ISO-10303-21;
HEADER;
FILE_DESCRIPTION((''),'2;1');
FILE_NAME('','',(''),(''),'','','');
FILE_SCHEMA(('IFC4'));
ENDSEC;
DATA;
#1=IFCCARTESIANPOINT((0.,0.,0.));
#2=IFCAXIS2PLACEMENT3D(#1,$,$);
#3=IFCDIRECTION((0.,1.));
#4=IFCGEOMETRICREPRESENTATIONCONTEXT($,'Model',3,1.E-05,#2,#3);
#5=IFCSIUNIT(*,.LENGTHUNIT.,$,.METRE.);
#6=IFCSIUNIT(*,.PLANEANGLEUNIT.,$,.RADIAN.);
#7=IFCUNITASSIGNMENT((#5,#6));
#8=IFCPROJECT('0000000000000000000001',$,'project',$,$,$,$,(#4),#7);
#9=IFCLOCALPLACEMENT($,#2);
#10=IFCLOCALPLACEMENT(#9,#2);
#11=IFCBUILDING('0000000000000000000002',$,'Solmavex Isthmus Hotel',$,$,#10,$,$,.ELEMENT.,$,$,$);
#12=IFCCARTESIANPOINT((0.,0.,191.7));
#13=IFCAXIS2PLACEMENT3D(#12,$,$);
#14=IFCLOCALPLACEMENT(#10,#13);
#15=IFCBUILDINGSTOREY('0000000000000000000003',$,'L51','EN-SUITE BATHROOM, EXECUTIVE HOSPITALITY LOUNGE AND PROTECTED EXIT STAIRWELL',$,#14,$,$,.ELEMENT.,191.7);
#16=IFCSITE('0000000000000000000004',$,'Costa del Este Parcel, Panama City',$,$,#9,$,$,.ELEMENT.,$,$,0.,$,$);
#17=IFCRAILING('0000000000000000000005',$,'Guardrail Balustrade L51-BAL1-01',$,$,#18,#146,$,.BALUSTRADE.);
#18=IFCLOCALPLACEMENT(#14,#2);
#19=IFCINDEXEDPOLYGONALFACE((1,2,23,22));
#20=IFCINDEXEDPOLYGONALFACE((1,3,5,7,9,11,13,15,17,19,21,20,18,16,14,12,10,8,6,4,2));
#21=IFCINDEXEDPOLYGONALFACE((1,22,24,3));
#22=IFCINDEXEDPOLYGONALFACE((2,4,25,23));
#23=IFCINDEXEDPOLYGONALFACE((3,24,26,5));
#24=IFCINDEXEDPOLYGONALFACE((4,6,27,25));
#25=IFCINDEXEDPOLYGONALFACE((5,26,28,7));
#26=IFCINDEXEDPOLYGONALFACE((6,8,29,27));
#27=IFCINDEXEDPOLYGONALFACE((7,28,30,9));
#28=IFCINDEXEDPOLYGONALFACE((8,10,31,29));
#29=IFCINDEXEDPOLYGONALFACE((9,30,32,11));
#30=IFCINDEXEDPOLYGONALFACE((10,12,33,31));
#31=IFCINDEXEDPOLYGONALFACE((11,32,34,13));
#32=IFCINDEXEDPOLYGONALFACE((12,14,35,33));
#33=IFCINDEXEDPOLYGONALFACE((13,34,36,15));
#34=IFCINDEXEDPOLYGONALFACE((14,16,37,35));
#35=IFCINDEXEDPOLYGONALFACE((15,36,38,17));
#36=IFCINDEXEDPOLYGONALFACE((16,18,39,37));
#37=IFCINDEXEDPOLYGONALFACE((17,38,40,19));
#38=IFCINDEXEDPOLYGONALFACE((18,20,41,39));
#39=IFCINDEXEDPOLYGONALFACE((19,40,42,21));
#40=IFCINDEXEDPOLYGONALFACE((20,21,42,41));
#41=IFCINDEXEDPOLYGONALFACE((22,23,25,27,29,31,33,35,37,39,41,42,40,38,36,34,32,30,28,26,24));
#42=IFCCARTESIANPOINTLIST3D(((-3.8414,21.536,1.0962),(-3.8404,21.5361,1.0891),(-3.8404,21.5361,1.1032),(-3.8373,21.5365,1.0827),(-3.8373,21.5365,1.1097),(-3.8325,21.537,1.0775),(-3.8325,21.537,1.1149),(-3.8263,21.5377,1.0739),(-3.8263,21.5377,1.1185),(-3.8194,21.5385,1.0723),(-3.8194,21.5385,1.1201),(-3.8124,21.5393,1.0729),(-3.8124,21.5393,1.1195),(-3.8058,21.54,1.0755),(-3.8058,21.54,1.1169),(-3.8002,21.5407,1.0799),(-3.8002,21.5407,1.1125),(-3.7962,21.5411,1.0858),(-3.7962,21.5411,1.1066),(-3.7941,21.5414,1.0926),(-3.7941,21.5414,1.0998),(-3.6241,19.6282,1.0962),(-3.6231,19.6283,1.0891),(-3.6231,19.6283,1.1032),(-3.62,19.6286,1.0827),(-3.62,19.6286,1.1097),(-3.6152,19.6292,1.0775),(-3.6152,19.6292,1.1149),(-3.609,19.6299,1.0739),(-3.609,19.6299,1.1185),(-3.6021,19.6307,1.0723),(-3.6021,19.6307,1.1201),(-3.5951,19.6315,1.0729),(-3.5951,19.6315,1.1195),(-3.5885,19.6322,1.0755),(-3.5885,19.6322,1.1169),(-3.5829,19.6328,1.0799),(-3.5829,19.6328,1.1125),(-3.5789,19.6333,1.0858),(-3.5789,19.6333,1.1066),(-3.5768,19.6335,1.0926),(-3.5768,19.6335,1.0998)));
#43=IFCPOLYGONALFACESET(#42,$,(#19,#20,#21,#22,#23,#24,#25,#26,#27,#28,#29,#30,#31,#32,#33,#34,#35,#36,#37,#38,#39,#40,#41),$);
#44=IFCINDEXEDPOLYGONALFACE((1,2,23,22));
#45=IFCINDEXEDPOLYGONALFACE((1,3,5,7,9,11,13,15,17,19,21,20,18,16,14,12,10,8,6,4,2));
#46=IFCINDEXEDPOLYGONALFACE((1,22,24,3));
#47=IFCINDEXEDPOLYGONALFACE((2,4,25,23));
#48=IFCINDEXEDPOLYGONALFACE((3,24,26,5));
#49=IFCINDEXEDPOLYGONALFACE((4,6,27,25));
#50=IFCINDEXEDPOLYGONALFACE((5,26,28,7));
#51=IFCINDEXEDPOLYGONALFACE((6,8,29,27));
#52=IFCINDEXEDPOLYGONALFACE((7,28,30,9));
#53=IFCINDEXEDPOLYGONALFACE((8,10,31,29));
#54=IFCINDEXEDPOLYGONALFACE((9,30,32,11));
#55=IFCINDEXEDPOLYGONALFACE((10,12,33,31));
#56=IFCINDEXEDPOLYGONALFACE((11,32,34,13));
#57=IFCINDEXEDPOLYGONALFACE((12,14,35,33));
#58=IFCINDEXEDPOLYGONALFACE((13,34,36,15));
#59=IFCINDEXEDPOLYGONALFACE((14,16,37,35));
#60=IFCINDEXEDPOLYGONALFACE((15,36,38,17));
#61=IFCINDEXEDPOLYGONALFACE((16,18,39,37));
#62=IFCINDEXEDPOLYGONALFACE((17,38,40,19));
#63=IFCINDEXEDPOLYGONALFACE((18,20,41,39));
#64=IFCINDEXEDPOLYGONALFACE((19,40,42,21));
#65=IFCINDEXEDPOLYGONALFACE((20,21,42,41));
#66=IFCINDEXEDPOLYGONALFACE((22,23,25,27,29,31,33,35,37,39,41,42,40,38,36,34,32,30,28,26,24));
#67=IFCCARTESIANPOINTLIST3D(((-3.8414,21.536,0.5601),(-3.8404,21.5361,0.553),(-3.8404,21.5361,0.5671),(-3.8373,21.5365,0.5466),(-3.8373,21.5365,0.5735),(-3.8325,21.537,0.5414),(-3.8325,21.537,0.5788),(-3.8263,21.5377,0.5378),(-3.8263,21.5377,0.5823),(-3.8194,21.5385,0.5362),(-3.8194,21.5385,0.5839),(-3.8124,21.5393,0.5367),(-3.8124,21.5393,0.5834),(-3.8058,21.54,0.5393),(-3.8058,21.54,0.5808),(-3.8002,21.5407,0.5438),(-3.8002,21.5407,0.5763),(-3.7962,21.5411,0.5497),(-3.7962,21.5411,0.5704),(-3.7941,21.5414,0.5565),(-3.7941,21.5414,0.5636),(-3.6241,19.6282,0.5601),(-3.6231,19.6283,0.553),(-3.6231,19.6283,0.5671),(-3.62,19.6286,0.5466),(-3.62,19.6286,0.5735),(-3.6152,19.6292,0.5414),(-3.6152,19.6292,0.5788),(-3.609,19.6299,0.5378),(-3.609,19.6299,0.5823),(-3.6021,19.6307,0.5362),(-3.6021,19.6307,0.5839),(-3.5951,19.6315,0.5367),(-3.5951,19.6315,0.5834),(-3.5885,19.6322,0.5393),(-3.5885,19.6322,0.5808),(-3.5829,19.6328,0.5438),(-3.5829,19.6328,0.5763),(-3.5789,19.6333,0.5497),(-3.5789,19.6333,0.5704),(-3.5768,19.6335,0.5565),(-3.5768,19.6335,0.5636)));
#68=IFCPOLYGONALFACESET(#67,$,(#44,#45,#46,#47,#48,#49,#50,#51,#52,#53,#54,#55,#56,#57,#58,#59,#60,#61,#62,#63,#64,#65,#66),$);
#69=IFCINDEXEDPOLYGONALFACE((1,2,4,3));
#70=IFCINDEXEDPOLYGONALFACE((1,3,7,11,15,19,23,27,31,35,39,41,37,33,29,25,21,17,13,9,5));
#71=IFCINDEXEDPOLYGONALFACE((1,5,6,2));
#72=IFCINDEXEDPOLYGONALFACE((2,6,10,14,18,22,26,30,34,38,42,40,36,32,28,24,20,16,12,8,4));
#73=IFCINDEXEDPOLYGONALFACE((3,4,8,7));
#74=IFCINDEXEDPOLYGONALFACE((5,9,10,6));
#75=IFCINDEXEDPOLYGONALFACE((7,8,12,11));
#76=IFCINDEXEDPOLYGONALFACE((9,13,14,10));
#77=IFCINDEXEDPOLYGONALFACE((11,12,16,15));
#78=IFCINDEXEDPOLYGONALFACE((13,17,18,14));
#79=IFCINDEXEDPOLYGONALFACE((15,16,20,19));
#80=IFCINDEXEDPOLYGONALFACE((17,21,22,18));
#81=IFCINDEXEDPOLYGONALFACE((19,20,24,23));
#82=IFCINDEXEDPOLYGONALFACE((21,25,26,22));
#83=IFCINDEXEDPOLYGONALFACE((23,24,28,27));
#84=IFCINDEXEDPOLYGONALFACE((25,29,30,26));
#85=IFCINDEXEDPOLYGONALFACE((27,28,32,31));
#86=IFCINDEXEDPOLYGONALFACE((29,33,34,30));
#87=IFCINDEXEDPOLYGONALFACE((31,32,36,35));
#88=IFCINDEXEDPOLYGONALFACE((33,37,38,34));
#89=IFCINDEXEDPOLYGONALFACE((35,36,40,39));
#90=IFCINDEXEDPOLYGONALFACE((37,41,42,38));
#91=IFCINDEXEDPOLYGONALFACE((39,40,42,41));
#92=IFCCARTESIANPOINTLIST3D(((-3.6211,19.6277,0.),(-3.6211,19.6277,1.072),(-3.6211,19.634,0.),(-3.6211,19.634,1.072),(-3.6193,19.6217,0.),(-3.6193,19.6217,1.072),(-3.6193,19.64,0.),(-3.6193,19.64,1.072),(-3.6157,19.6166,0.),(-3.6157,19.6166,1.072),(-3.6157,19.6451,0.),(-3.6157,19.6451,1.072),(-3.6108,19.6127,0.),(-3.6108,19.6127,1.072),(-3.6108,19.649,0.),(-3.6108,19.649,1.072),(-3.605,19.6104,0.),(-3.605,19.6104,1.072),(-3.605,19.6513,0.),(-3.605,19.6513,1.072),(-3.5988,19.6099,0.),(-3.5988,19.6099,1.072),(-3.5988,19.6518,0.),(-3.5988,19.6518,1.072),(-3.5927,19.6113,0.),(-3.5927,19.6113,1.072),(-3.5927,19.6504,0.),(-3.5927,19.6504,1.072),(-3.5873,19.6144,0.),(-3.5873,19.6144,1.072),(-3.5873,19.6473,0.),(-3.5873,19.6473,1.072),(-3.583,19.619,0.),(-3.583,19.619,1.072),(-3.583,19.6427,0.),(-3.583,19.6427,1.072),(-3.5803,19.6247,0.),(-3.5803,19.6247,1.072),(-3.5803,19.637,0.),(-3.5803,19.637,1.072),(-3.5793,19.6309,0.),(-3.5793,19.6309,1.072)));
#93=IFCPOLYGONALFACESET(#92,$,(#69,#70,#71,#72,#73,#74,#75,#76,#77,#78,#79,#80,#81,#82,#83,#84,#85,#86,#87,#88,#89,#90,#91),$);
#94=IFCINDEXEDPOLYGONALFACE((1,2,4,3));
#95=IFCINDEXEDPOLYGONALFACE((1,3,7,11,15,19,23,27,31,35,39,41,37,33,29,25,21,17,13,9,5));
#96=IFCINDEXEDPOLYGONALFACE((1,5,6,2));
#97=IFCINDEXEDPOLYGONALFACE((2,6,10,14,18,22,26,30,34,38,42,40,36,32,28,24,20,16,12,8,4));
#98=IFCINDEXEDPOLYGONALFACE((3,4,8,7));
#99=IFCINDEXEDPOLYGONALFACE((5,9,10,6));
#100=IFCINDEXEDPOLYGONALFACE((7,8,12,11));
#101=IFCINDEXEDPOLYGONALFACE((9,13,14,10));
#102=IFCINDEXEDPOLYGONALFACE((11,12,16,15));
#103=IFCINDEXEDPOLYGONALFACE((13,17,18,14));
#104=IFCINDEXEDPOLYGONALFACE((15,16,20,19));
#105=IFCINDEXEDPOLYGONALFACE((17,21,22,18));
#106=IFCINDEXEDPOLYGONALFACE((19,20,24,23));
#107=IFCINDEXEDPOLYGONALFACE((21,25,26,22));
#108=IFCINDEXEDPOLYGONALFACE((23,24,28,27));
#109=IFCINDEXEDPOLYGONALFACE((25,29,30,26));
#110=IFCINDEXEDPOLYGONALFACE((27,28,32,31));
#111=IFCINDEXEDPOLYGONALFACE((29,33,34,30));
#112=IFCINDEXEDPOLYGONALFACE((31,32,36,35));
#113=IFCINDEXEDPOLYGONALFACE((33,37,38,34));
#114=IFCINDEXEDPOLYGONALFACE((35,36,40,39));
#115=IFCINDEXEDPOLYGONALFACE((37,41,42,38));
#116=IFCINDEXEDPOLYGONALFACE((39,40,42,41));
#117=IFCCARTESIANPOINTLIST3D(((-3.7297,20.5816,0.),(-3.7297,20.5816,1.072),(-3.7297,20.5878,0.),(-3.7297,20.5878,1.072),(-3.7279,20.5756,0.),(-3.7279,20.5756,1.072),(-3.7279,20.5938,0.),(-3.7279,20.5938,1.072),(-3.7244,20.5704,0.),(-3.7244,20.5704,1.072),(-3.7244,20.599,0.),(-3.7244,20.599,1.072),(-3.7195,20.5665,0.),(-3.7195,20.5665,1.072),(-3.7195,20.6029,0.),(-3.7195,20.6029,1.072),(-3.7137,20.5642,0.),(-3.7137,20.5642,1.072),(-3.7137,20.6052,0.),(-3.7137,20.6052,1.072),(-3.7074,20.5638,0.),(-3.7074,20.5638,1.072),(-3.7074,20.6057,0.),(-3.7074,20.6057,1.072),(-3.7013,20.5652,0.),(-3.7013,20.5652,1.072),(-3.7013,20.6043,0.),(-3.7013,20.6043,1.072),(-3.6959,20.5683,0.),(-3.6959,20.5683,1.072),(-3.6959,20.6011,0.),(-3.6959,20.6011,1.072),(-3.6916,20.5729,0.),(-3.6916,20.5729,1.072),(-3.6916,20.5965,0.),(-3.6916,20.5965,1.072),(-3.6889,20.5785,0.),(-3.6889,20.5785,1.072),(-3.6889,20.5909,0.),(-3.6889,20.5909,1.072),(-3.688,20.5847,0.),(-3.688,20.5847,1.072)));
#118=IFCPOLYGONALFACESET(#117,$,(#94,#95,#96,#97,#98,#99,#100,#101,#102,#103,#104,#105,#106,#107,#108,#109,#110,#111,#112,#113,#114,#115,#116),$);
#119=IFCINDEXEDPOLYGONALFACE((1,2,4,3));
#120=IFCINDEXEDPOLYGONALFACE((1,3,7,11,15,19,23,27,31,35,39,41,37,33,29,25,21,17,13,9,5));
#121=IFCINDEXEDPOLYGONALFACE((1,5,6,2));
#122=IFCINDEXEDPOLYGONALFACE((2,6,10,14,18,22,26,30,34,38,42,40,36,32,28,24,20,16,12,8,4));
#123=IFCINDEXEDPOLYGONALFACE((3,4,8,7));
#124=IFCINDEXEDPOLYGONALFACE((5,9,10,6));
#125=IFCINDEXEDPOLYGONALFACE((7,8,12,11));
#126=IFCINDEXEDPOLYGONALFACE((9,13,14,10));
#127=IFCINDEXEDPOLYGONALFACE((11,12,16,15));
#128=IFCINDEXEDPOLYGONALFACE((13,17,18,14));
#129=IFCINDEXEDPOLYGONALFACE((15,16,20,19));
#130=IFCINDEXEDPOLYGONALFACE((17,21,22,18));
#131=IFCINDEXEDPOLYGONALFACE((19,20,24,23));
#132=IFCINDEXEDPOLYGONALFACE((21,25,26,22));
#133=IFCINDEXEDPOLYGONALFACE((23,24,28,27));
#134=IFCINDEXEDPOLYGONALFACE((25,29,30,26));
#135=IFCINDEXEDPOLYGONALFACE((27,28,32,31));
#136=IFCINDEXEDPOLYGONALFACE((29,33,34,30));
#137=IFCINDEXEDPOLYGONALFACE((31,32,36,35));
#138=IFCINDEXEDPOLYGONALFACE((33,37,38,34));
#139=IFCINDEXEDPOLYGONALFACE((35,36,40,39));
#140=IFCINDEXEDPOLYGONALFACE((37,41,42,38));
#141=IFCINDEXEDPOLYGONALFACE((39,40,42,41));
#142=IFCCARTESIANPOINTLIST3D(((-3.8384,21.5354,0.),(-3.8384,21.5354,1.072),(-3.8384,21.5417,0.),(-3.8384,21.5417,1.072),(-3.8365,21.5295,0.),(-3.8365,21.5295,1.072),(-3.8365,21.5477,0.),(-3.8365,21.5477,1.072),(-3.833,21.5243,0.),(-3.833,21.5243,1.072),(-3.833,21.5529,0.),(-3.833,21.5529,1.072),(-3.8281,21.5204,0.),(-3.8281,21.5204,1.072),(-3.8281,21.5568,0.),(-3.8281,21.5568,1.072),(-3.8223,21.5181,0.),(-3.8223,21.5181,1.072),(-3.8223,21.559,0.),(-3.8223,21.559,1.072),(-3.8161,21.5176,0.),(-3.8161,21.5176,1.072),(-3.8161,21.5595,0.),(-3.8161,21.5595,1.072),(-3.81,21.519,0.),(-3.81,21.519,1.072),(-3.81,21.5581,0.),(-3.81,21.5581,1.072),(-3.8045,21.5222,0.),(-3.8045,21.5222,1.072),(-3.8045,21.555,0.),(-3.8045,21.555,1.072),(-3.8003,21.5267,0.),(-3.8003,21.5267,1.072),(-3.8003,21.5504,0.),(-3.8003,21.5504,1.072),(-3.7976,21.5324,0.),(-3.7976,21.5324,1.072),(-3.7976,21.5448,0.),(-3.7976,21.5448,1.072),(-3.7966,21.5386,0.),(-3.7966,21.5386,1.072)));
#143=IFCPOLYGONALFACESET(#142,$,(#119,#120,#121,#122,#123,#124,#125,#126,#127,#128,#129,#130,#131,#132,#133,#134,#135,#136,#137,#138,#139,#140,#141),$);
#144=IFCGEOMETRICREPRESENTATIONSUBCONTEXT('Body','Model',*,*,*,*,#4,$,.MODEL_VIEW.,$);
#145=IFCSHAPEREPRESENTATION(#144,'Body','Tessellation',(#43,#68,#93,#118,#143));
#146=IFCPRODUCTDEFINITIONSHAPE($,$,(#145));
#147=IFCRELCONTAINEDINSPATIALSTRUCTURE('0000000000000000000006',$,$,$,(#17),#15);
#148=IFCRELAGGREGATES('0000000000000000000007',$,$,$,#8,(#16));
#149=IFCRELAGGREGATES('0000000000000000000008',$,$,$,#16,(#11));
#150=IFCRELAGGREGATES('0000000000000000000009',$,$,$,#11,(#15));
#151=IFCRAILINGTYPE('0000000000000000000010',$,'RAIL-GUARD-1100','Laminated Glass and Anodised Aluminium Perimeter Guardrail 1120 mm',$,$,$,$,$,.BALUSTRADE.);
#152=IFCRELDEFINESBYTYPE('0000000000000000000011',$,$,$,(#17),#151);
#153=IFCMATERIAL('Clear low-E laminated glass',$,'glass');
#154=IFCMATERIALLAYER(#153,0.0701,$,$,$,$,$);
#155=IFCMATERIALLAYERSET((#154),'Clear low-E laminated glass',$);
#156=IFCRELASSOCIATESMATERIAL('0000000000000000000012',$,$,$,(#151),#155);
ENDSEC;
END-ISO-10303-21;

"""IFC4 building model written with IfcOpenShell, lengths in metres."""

from ifc_helpers import new_model, si_unit, direction, frame, origin, origin_2d, place, context, subcontext, project, spatial, circle, extrude, material, layer, layer_set, type_object, element, save


model = new_model("IFC4")

# Units and contexts
model_context = context("Model", 3, precision=1e-05, world=origin(), true_north=direction((0.0, 1.0)))
body_context = subcontext(model_context, "Body", "Model", "MODEL_VIEW")
ifc_project = project(units=[si_unit("LENGTHUNIT", "METRE"), si_unit("PLANEANGLEUNIT", "RADIAN")], contexts=[model_context])

# Site, building, storey
site_placement = place(None, origin())
site = spatial("IfcSite", under=ifc_project, at=site_placement, Name="Costa del Este Parcel, Panama City", CompositionType="ELEMENT", RefElevation=0.0)
building_placement = place(site_placement, origin())
building = spatial("IfcBuilding", under=site, at=building_placement, Name="Solmavex Isthmus Hotel", CompositionType="ELEMENT")
storey_placement = place(building_placement, frame((0.0, 0.0, 191.7)))
storey = spatial("IfcBuildingStorey", under=building, at=storey_placement, Name="L51", Description="EN-SUITE BATHROOM, EXECUTIVE HOSPITALITY LOUNGE AND PROTECTED EXIT STAIRWELL", CompositionType="ELEMENT", Elevation=191.7)

# Shared definitions
ifc_material_1 = material(Name="Clear low-E laminated glass", Category="glass")

# Railing
ifc_layer_1 = layer(ifc_material_1, 0.0701)
ifc_layer_set_1 = layer_set([ifc_layer_1], Name="Clear low-E laminated glass")
railing_type = type_object("IfcRailingType", Name="RAIL-GUARD-1100", Description="Laminated Glass and Anodised Aluminium Perimeter Guardrail 1120 mm", PredefinedType="BALUSTRADE", material=ifc_layer_set_1)
railing_1_placement = place(storey_placement, frame((-3.6003, 19.6309, 0.0)))
element("IfcRailing", 1, at=railing_1_placement, inside=storey, type_object=railing_type, Name="Guardrail Balustrade L51-BAL1-01", PredefinedType="BALUSTRADE", context=body_context, shape_type="SweptSolid", body=[
    extrude(circle(Radius=0.0239, at=origin_2d()), frame((0.0, 0.0, 1.0962), z_axis=(-0.113166, 0.993576, 0.0), x_axis=(-0.993576, -0.113166, 0.0)), (0.0, 0.0, 1.0), 1.9202),
    extrude(circle(Radius=0.0239, at=origin_2d()), frame((0.0, 0.0, 0.5601), z_axis=(-0.113166, 0.993576, 0.0), x_axis=(-0.993576, -0.113166, 0.0)), (0.0, 0.0, 1.0), 1.9202),
    extrude(circle(Radius=0.021, at=origin_2d()), origin(), (0.0, 0.0, 1.0), 1.072),
    extrude(circle(Radius=0.021, at=origin_2d()), frame((-0.1086, 0.9539, 0.0)), (0.0, 0.0, 1.0), 1.072),
    extrude(circle(Radius=0.021, at=origin_2d()), frame((-0.2173, 1.9077, 0.0)), (0.0, 0.0, 1.0), 1.072),
])

save(model, "model.ifc")
